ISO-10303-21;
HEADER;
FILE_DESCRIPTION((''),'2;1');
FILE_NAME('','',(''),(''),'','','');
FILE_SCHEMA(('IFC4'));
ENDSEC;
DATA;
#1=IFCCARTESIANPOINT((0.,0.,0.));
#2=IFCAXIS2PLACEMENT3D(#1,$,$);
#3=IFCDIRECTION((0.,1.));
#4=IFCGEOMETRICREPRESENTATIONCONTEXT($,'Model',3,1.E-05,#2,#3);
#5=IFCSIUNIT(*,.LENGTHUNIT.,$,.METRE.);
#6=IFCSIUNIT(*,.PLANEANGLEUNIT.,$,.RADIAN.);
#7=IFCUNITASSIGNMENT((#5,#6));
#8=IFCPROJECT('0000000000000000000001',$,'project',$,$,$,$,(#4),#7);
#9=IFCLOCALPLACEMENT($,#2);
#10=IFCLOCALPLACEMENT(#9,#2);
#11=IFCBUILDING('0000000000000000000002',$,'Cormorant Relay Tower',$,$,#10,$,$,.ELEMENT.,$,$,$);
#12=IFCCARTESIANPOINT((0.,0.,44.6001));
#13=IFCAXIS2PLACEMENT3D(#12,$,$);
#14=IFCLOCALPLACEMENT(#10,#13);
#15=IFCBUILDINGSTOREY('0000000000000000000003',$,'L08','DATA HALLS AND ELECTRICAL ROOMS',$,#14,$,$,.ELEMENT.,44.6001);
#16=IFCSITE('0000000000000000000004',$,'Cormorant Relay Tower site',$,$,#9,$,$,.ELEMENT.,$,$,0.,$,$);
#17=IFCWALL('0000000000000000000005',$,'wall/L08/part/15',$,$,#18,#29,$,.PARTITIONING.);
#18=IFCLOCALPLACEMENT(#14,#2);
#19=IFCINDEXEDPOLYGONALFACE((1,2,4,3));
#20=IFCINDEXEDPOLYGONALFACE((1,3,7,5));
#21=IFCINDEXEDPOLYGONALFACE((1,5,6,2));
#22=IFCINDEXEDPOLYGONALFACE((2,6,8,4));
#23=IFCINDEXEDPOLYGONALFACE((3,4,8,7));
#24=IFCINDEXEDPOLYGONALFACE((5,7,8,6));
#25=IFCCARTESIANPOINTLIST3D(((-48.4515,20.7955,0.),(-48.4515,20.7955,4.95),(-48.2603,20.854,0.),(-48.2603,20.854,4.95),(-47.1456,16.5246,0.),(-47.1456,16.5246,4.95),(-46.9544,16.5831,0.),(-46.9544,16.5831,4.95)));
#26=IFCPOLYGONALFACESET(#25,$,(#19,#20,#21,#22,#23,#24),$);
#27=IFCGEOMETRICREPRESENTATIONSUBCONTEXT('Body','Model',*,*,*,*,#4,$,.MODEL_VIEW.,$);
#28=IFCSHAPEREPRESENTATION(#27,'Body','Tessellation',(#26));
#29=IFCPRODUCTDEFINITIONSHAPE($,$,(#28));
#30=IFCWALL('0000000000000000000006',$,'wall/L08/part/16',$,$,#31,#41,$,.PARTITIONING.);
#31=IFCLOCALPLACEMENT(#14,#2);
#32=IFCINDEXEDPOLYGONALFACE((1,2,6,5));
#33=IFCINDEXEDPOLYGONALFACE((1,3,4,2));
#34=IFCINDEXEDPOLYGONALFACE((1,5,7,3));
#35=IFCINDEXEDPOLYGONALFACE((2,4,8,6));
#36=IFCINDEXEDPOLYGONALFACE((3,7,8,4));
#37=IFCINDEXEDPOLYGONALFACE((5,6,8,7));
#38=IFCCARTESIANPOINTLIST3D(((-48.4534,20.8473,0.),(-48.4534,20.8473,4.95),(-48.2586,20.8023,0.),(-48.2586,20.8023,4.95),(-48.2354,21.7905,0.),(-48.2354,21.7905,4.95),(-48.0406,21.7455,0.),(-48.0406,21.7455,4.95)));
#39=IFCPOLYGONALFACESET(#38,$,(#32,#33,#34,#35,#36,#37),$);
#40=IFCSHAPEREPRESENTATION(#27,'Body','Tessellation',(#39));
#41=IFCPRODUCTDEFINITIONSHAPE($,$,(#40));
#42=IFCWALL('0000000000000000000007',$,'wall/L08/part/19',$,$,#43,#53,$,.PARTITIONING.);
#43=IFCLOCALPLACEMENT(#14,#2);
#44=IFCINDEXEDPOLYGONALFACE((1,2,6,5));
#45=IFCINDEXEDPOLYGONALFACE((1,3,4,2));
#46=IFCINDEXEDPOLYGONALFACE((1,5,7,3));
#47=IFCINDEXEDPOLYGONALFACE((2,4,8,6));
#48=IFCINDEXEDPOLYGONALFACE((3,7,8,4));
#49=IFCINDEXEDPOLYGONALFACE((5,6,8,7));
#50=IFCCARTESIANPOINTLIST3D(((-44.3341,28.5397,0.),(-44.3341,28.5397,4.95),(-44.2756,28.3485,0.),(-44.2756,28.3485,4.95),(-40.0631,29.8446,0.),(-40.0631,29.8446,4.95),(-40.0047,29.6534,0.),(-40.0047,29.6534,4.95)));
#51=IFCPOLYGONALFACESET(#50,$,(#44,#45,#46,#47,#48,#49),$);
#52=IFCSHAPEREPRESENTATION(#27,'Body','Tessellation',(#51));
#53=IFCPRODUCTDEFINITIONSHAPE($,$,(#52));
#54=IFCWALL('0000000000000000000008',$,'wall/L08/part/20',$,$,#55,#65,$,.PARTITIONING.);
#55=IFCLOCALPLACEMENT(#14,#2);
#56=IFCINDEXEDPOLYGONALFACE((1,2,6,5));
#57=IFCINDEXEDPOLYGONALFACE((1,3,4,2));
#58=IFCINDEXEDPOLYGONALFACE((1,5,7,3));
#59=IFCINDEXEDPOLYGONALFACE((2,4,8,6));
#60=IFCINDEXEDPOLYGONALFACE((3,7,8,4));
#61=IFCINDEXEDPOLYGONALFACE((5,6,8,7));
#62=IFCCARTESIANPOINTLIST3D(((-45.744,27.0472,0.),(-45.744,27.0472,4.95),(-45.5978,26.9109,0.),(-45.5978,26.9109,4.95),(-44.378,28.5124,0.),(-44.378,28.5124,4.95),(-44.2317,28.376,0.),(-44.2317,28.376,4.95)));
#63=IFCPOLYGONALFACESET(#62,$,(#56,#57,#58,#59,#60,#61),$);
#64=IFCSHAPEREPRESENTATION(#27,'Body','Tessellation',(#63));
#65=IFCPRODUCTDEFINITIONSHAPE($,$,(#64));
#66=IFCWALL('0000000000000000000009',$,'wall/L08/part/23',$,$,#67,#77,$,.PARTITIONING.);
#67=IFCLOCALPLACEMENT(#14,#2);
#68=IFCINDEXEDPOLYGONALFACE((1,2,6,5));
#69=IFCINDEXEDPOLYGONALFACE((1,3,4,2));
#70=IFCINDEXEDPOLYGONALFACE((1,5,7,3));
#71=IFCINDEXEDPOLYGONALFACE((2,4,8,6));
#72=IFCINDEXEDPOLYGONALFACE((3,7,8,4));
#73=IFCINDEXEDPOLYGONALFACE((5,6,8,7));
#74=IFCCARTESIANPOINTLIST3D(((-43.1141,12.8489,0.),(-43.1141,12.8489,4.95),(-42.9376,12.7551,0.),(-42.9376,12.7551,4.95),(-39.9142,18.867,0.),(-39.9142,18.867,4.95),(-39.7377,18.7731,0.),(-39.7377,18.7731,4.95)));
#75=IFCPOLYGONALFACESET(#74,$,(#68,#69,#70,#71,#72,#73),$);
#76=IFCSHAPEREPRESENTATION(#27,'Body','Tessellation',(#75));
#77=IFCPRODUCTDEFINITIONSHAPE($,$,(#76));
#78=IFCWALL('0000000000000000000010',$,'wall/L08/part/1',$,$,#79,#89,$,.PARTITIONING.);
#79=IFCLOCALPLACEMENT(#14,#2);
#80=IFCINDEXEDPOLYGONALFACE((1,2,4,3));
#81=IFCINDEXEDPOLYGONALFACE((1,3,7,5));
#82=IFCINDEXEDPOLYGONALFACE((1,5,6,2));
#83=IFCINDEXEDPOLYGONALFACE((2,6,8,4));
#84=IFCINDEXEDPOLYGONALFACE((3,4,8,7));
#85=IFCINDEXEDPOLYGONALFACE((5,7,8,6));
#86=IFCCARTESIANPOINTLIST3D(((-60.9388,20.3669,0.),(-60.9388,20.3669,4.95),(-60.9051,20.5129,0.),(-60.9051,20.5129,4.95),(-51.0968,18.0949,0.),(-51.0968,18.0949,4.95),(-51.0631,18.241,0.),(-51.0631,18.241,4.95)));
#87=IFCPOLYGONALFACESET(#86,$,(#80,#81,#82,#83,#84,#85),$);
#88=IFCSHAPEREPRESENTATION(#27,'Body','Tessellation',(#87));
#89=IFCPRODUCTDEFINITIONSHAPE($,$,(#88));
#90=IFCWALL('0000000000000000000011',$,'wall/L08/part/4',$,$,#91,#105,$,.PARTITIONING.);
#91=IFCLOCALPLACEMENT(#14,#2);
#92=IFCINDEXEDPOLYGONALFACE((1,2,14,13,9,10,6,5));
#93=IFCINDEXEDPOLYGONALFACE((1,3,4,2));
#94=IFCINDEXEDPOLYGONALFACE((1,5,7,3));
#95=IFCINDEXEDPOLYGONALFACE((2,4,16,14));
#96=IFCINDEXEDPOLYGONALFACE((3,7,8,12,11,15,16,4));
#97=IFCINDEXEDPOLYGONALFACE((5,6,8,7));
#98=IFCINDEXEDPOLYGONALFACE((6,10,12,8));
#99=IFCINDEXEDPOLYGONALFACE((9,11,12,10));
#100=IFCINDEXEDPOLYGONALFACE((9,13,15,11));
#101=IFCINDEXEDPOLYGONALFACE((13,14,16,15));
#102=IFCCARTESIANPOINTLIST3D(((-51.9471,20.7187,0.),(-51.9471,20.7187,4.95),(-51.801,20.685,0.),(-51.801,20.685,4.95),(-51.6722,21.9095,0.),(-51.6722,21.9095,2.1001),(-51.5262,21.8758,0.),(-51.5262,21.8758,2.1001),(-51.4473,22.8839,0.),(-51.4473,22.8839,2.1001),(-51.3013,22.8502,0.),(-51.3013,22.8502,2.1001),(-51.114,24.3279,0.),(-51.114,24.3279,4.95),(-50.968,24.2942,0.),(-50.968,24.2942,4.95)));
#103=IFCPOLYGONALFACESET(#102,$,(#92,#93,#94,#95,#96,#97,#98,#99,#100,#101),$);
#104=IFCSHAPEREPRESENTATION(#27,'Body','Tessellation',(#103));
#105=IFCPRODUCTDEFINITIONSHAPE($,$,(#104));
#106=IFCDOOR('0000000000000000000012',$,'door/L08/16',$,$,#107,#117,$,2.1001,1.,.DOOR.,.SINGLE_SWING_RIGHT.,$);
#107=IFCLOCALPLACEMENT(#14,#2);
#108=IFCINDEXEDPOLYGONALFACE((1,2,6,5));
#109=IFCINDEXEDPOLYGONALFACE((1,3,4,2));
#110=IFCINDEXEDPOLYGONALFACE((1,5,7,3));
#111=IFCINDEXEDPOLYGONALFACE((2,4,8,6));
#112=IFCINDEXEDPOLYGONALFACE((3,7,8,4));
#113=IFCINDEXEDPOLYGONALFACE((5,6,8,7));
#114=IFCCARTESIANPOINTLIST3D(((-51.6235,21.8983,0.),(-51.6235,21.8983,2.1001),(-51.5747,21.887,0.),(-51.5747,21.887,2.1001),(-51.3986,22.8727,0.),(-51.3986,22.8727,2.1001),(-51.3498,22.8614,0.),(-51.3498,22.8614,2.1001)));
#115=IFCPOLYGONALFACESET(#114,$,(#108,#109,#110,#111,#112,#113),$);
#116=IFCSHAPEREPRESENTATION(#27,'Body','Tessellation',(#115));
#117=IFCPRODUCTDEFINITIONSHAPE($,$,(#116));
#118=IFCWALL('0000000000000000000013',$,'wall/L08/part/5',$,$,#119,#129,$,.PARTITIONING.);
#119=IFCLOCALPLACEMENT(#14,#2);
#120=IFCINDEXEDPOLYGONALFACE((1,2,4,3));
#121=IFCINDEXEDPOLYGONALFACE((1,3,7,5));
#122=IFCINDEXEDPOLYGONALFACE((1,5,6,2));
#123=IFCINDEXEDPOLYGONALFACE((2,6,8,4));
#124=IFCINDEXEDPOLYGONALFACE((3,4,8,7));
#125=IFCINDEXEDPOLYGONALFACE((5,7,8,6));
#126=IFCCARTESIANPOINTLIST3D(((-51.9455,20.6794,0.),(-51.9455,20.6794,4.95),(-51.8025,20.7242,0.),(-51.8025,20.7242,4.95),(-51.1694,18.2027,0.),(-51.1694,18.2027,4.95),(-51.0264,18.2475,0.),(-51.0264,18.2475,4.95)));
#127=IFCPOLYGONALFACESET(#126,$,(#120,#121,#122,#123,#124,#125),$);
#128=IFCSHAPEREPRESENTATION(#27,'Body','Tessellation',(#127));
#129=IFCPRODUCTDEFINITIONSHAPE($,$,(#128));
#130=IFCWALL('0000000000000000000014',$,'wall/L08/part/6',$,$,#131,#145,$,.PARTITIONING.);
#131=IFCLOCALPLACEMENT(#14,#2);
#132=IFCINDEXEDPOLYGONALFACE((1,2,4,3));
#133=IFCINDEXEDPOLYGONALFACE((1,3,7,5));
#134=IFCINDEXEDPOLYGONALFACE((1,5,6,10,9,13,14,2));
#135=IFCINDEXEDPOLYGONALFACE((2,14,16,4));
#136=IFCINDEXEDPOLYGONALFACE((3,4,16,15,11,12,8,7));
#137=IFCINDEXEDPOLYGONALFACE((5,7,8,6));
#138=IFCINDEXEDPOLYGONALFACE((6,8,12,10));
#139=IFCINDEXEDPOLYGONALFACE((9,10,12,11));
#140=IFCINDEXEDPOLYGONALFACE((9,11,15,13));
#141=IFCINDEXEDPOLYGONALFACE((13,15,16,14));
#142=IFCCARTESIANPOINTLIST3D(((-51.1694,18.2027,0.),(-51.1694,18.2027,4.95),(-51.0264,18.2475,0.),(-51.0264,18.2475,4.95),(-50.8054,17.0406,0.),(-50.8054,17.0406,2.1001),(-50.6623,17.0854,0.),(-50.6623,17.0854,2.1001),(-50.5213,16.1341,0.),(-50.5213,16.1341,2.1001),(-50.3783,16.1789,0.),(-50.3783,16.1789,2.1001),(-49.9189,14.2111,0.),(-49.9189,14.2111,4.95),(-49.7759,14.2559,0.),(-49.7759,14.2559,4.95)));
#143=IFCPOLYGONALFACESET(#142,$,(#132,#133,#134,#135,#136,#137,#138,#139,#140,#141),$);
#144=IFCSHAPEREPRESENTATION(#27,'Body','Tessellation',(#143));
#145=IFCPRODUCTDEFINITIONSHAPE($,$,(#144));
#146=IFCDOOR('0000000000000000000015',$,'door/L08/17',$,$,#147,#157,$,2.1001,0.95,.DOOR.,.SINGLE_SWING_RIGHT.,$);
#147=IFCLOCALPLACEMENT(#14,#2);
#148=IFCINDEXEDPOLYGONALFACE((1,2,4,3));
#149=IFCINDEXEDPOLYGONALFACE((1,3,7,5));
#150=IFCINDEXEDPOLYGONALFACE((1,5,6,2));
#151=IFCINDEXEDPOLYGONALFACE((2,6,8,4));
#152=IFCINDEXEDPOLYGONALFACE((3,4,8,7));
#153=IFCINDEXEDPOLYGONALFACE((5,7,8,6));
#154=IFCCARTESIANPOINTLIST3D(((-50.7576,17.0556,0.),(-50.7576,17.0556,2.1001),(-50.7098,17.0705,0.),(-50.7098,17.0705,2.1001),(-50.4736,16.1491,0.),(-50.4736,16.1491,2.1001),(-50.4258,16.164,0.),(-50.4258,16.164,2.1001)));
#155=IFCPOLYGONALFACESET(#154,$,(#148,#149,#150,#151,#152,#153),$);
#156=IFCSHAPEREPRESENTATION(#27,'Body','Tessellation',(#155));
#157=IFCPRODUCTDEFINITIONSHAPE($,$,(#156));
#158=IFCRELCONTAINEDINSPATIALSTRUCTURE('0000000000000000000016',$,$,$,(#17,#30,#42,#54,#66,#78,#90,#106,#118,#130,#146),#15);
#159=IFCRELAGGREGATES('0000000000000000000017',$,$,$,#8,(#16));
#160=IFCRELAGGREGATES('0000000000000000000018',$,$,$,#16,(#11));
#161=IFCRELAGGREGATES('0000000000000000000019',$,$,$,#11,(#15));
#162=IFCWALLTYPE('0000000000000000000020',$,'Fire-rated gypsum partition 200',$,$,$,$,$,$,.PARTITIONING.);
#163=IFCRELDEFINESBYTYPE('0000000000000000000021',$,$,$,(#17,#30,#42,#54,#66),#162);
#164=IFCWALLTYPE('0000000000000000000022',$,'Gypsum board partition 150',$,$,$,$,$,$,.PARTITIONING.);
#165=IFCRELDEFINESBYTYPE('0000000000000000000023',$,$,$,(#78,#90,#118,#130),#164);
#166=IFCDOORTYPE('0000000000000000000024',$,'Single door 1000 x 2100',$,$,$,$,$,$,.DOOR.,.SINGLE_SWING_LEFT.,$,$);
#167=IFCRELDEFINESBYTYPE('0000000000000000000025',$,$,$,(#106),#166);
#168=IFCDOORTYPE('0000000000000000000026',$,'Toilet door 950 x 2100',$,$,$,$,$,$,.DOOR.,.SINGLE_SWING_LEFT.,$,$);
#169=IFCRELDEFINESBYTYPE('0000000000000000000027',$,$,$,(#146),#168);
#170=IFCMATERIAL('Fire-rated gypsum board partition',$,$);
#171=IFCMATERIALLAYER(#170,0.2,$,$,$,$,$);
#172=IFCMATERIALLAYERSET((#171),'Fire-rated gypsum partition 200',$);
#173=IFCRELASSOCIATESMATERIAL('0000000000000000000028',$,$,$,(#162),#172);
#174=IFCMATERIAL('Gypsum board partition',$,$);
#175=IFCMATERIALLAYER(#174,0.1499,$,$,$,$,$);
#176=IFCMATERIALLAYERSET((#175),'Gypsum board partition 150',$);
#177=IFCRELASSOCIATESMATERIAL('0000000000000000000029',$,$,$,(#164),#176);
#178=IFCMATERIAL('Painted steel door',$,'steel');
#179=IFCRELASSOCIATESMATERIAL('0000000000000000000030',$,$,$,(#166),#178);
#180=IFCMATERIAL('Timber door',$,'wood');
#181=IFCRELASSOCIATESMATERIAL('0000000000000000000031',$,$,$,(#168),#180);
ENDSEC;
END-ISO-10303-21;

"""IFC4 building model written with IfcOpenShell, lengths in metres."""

from ifc_helpers import new_model, si_unit, direction, frame, frame_2d, origin, place, context, subcontext, project, spatial, rectangle, extrude, material, layer, layer_set, type_object, element, fill, save


model = new_model("IFC4")

# Units and contexts
model_context = context("Model", 3, precision=1e-05, world=origin(), true_north=direction((0.0, 1.0)))
body_context = subcontext(model_context, "Body", "Model", "MODEL_VIEW")
ifc_project = project(units=[si_unit("LENGTHUNIT", "METRE"), si_unit("PLANEANGLEUNIT", "RADIAN")], contexts=[model_context])

# Site, building, storey
site_placement = place(None, origin())
site = spatial("IfcSite", under=ifc_project, at=site_placement, Name="Cormorant Relay Tower site", CompositionType="ELEMENT", RefElevation=0.0)
building_placement = place(site_placement, origin())
building = spatial("IfcBuilding", under=site, at=building_placement, Name="Cormorant Relay Tower", CompositionType="ELEMENT")
storey_placement = place(building_placement, frame((0.0, 0.0, 44.6001)))
storey = spatial("IfcBuildingStorey", under=building, at=storey_placement, Name="L08", Description="DATA HALLS AND ELECTRICAL ROOMS", CompositionType="ELEMENT", Elevation=44.6001)

# Walls
ifc_material_1 = material(Name="Fire-rated gypsum board partition")
ifc_layer_1 = layer(ifc_material_1, 0.2)
ifc_layer_set_1 = layer_set([ifc_layer_1], Name="Fire-rated gypsum partition 200")
wall_type_1 = type_object("IfcWallType", Name="Fire-rated gypsum partition 200", PredefinedType="PARTITIONING", material=ifc_layer_set_1)
wall_1_placement = place(storey_placement, frame((-47.05, 16.554, 0.0), z_axis=(0.0, 0.0, 1.0), x_axis=(-0.292399, 0.956296, 0.0)))
element("IfcWall", 1, at=wall_1_placement, inside=storey, type_object=wall_type_1, Name="wall/L08/part/15", PredefinedType="PARTITIONING", context=body_context, shape_type="SweptSolid", body=[
    extrude(rectangle(XDim=4.4661, YDim=0.2, at=frame_2d((2.2329, 0.0))), origin(), (0.0, 0.0, 1.0), 4.95),
])
wall_2_placement = place(storey_placement, frame((-48.356, 20.825, 0.0), z_axis=(0.0, 0.0, 1.0), x_axis=(0.225228, 0.974306, 0.0)))
element("IfcWall", 2, at=wall_2_placement, inside=storey, type_object=wall_type_1, Name="wall/L08/part/16", PredefinedType="PARTITIONING", context=body_context, shape_type="SweptSolid", body=[
    extrude(rectangle(XDim=0.968, YDim=0.2, at=frame_2d((0.4839, 0.0))), origin(), (0.0, 0.0, 1.0), 4.95),
])
wall_3_placement = place(storey_placement, frame((-40.0339, 29.749, 0.0), z_axis=(0.0, 0.0, 1.0), x_axis=(-0.956358, -0.292199, 0.0)))
element("IfcWall", 3, at=wall_3_placement, inside=storey, type_object=wall_type_1, Name="wall/L08/part/19", PredefinedType="PARTITIONING", context=body_context, shape_type="SweptSolid", body=[
    extrude(rectangle(XDim=4.4658, YDim=0.2, at=frame_2d((2.2329, 0.0))), origin(), (0.0, 0.0, 1.0), 4.95),
])
wall_4_placement = place(storey_placement, frame((-44.3049, 28.4441, 0.0), z_axis=(0.0, 0.0, 1.0), x_axis=(-0.681932, -0.731416, 0.0)))
element("IfcWall", 4, at=wall_4_placement, inside=storey, type_object=wall_type_1, Name="wall/L08/part/20", PredefinedType="PARTITIONING", context=body_context, shape_type="SweptSolid", body=[
    extrude(rectangle(XDim=2.0032, YDim=0.2, at=frame_2d((1.0015, 0.0))), origin(), (0.0, 0.0, 1.0), 4.95),
])
wall_5_placement = place(storey_placement, frame((-39.8259, 18.8201, 0.0), z_axis=(0.0, 0.0, 1.0), x_axis=(-0.469482, -0.882942, 0.0)))
element("IfcWall", 5, at=wall_5_placement, inside=storey, type_object=wall_type_1, Name="wall/L08/part/23", PredefinedType="PARTITIONING", context=body_context, shape_type="SweptSolid", body=[
    extrude(rectangle(XDim=6.8159, YDim=0.2, at=frame_2d((3.408, 0.0))), origin(), (0.0, 0.0, 1.0), 4.95),
])
ifc_material_2 = material(Name="Gypsum board partition")
ifc_layer_2 = layer(ifc_material_2, 0.1499)
ifc_layer_set_2 = layer_set([ifc_layer_2], Name="Gypsum board partition 150")
wall_type_2 = type_object("IfcWallType", Name="Gypsum board partition 150", PredefinedType="PARTITIONING", material=ifc_layer_set_2)
wall_6_placement = place(storey_placement, frame((-51.0801, 18.168, 0.0), z_axis=(0.0, 0.0, 1.0), x_axis=(-0.974375, 0.224928, 0.0)))
element("IfcWall", 6, at=wall_6_placement, inside=storey, type_object=wall_type_2, Name="wall/L08/part/1", PredefinedType="PARTITIONING", context=body_context, shape_type="SweptSolid", body=[
    extrude(rectangle(XDim=10.1008, YDim=0.1499, at=frame_2d((5.0503, 0.0))), origin(), (0.0, 0.0, 1.0), 4.95),
])

# Wall, opening, door
wall_7_placement = place(storey_placement, frame((-51.041, 24.311, 0.0), z_axis=(0.0, 0.0, 1.0), x_axis=(-0.224893, -0.974383, 0.0)))
wall_7 = element("IfcWall", 7, at=wall_7_placement, inside=storey, type_object=wall_type_2, Name="wall/L08/part/4", PredefinedType="PARTITIONING", context=body_context, shape_type="SweptSolid", body=[
    extrude(rectangle(XDim=3.7041, YDim=0.1499, at=frame_2d((1.8521, 0.0))), origin(), (0.0, 0.0, 1.0), 4.95),
])
opening_1_placement = place(wall_7_placement, frame((1.4819, 0.0, 0.0)))
opening_1 = element("IfcOpeningElement", 8, at=opening_1_placement, cuts=wall_7, PredefinedType="OPENING", context=body_context, shape_type="SweptSolid", body=[
    extrude(rectangle(XDim=1.0, YDim=2.1001, at=frame_2d((0.5, 1.05))), frame((0.0, 0.085, 0.0), z_axis=(0.0, -1.0, 0.0), x_axis=(1.0, 0.0, 0.0)), (0.0, 0.0, 1.0), 0.1699),
])
ifc_material_3 = material(Name="Painted steel door", Category="steel")
door_type_1 = type_object("IfcDoorType", Name="Single door 1000 x 2100", OperationType="SINGLE_SWING_LEFT", PredefinedType="DOOR", material=ifc_material_3)
door_1_placement = place(opening_1_placement, frame((1.0, 0.0, 0.0), z_axis=(0.0, 0.0, 1.0), x_axis=(-1.0, 0.0, 0.0)))
door_1 = element("IfcDoor", 9, at=door_1_placement, inside=storey, type_object=door_type_1, Name="door/L08/16", OperationType="SINGLE_SWING_RIGHT", OverallHeight=2.1001, OverallWidth=1.0, PredefinedType="DOOR", context=body_context, shape_type="SweptSolid", body=[
    extrude(rectangle(XDim=1.0, YDim=2.1001, at=frame_2d((0.5, 1.05))), frame((0.0, 0.0249, 0.0), z_axis=(0.0, -1.0, 0.0), x_axis=(1.0, 0.0, 0.0)), (0.0, 0.0, 1.0), 0.05),
])
fill(opening_1, door_1)

# Wall
wall_8_placement = place(storey_placement, frame((-51.874, 20.7019, 0.0), z_axis=(0.0, 0.0, 1.0), x_axis=(0.299019, -0.954247, 0.0)))
element("IfcWall", 10, at=wall_8_placement, inside=storey, type_object=wall_type_2, Name="wall/L08/part/5", PredefinedType="PARTITIONING", context=body_context, shape_type="SweptSolid", body=[
    extrude(rectangle(XDim=2.5955, YDim=0.1499, at=frame_2d((1.2979, 0.0))), origin(), (0.0, 0.0, 1.0), 4.95),
])

# Wall, opening, door
wall_9_placement = place(storey_placement, frame((-49.8474, 14.2336, 0.0), z_axis=(0.0, 0.0, 1.0), x_axis=(-0.298963, 0.954265, 0.0)))
wall_9 = element("IfcWall", 11, at=wall_9_placement, inside=storey, type_object=wall_type_2, Name="wall/L08/part/6", PredefinedType="PARTITIONING", context=body_context, shape_type="SweptSolid", body=[
    extrude(rectangle(XDim=4.1829, YDim=0.1499, at=frame_2d((2.0913, 0.0))), origin(), (0.0, 0.0, 1.0), 4.95),
])
opening_2_placement = place(wall_9_placement, frame((2.0149, 0.0, 0.0)))
opening_2 = element("IfcOpeningElement", 12, at=opening_2_placement, cuts=wall_9, PredefinedType="OPENING", context=body_context, shape_type="SweptSolid", body=[
    extrude(rectangle(XDim=0.95, YDim=2.1001, at=frame_2d((0.4751, 1.05))), frame((0.0, 0.085, 0.0), z_axis=(0.0, -1.0, 0.0), x_axis=(1.0, 0.0, 0.0)), (0.0, 0.0, 1.0), 0.1699),
])
ifc_material_4 = material(Name="Timber door", Category="wood")
door_type_2 = type_object("IfcDoorType", Name="Toilet door 950 x 2100", OperationType="SINGLE_SWING_LEFT", PredefinedType="DOOR", material=ifc_material_4)
door_2_placement = place(opening_2_placement, origin())
door_2 = element("IfcDoor", 13, at=door_2_placement, inside=storey, type_object=door_type_2, Name="door/L08/17", OperationType="SINGLE_SWING_RIGHT", OverallHeight=2.1001, OverallWidth=0.95, PredefinedType="DOOR", context=body_context, shape_type="SweptSolid", body=[
    extrude(rectangle(XDim=0.95, YDim=2.1001, at=frame_2d((0.4751, 1.05))), frame((0.0, 0.0249, 0.0), z_axis=(0.0, -1.0, 0.0), x_axis=(1.0, 0.0, 0.0)), (0.0, 0.0, 1.0), 0.05),
])
fill(opening_2, door_2)

save(model, "model.ifc")
